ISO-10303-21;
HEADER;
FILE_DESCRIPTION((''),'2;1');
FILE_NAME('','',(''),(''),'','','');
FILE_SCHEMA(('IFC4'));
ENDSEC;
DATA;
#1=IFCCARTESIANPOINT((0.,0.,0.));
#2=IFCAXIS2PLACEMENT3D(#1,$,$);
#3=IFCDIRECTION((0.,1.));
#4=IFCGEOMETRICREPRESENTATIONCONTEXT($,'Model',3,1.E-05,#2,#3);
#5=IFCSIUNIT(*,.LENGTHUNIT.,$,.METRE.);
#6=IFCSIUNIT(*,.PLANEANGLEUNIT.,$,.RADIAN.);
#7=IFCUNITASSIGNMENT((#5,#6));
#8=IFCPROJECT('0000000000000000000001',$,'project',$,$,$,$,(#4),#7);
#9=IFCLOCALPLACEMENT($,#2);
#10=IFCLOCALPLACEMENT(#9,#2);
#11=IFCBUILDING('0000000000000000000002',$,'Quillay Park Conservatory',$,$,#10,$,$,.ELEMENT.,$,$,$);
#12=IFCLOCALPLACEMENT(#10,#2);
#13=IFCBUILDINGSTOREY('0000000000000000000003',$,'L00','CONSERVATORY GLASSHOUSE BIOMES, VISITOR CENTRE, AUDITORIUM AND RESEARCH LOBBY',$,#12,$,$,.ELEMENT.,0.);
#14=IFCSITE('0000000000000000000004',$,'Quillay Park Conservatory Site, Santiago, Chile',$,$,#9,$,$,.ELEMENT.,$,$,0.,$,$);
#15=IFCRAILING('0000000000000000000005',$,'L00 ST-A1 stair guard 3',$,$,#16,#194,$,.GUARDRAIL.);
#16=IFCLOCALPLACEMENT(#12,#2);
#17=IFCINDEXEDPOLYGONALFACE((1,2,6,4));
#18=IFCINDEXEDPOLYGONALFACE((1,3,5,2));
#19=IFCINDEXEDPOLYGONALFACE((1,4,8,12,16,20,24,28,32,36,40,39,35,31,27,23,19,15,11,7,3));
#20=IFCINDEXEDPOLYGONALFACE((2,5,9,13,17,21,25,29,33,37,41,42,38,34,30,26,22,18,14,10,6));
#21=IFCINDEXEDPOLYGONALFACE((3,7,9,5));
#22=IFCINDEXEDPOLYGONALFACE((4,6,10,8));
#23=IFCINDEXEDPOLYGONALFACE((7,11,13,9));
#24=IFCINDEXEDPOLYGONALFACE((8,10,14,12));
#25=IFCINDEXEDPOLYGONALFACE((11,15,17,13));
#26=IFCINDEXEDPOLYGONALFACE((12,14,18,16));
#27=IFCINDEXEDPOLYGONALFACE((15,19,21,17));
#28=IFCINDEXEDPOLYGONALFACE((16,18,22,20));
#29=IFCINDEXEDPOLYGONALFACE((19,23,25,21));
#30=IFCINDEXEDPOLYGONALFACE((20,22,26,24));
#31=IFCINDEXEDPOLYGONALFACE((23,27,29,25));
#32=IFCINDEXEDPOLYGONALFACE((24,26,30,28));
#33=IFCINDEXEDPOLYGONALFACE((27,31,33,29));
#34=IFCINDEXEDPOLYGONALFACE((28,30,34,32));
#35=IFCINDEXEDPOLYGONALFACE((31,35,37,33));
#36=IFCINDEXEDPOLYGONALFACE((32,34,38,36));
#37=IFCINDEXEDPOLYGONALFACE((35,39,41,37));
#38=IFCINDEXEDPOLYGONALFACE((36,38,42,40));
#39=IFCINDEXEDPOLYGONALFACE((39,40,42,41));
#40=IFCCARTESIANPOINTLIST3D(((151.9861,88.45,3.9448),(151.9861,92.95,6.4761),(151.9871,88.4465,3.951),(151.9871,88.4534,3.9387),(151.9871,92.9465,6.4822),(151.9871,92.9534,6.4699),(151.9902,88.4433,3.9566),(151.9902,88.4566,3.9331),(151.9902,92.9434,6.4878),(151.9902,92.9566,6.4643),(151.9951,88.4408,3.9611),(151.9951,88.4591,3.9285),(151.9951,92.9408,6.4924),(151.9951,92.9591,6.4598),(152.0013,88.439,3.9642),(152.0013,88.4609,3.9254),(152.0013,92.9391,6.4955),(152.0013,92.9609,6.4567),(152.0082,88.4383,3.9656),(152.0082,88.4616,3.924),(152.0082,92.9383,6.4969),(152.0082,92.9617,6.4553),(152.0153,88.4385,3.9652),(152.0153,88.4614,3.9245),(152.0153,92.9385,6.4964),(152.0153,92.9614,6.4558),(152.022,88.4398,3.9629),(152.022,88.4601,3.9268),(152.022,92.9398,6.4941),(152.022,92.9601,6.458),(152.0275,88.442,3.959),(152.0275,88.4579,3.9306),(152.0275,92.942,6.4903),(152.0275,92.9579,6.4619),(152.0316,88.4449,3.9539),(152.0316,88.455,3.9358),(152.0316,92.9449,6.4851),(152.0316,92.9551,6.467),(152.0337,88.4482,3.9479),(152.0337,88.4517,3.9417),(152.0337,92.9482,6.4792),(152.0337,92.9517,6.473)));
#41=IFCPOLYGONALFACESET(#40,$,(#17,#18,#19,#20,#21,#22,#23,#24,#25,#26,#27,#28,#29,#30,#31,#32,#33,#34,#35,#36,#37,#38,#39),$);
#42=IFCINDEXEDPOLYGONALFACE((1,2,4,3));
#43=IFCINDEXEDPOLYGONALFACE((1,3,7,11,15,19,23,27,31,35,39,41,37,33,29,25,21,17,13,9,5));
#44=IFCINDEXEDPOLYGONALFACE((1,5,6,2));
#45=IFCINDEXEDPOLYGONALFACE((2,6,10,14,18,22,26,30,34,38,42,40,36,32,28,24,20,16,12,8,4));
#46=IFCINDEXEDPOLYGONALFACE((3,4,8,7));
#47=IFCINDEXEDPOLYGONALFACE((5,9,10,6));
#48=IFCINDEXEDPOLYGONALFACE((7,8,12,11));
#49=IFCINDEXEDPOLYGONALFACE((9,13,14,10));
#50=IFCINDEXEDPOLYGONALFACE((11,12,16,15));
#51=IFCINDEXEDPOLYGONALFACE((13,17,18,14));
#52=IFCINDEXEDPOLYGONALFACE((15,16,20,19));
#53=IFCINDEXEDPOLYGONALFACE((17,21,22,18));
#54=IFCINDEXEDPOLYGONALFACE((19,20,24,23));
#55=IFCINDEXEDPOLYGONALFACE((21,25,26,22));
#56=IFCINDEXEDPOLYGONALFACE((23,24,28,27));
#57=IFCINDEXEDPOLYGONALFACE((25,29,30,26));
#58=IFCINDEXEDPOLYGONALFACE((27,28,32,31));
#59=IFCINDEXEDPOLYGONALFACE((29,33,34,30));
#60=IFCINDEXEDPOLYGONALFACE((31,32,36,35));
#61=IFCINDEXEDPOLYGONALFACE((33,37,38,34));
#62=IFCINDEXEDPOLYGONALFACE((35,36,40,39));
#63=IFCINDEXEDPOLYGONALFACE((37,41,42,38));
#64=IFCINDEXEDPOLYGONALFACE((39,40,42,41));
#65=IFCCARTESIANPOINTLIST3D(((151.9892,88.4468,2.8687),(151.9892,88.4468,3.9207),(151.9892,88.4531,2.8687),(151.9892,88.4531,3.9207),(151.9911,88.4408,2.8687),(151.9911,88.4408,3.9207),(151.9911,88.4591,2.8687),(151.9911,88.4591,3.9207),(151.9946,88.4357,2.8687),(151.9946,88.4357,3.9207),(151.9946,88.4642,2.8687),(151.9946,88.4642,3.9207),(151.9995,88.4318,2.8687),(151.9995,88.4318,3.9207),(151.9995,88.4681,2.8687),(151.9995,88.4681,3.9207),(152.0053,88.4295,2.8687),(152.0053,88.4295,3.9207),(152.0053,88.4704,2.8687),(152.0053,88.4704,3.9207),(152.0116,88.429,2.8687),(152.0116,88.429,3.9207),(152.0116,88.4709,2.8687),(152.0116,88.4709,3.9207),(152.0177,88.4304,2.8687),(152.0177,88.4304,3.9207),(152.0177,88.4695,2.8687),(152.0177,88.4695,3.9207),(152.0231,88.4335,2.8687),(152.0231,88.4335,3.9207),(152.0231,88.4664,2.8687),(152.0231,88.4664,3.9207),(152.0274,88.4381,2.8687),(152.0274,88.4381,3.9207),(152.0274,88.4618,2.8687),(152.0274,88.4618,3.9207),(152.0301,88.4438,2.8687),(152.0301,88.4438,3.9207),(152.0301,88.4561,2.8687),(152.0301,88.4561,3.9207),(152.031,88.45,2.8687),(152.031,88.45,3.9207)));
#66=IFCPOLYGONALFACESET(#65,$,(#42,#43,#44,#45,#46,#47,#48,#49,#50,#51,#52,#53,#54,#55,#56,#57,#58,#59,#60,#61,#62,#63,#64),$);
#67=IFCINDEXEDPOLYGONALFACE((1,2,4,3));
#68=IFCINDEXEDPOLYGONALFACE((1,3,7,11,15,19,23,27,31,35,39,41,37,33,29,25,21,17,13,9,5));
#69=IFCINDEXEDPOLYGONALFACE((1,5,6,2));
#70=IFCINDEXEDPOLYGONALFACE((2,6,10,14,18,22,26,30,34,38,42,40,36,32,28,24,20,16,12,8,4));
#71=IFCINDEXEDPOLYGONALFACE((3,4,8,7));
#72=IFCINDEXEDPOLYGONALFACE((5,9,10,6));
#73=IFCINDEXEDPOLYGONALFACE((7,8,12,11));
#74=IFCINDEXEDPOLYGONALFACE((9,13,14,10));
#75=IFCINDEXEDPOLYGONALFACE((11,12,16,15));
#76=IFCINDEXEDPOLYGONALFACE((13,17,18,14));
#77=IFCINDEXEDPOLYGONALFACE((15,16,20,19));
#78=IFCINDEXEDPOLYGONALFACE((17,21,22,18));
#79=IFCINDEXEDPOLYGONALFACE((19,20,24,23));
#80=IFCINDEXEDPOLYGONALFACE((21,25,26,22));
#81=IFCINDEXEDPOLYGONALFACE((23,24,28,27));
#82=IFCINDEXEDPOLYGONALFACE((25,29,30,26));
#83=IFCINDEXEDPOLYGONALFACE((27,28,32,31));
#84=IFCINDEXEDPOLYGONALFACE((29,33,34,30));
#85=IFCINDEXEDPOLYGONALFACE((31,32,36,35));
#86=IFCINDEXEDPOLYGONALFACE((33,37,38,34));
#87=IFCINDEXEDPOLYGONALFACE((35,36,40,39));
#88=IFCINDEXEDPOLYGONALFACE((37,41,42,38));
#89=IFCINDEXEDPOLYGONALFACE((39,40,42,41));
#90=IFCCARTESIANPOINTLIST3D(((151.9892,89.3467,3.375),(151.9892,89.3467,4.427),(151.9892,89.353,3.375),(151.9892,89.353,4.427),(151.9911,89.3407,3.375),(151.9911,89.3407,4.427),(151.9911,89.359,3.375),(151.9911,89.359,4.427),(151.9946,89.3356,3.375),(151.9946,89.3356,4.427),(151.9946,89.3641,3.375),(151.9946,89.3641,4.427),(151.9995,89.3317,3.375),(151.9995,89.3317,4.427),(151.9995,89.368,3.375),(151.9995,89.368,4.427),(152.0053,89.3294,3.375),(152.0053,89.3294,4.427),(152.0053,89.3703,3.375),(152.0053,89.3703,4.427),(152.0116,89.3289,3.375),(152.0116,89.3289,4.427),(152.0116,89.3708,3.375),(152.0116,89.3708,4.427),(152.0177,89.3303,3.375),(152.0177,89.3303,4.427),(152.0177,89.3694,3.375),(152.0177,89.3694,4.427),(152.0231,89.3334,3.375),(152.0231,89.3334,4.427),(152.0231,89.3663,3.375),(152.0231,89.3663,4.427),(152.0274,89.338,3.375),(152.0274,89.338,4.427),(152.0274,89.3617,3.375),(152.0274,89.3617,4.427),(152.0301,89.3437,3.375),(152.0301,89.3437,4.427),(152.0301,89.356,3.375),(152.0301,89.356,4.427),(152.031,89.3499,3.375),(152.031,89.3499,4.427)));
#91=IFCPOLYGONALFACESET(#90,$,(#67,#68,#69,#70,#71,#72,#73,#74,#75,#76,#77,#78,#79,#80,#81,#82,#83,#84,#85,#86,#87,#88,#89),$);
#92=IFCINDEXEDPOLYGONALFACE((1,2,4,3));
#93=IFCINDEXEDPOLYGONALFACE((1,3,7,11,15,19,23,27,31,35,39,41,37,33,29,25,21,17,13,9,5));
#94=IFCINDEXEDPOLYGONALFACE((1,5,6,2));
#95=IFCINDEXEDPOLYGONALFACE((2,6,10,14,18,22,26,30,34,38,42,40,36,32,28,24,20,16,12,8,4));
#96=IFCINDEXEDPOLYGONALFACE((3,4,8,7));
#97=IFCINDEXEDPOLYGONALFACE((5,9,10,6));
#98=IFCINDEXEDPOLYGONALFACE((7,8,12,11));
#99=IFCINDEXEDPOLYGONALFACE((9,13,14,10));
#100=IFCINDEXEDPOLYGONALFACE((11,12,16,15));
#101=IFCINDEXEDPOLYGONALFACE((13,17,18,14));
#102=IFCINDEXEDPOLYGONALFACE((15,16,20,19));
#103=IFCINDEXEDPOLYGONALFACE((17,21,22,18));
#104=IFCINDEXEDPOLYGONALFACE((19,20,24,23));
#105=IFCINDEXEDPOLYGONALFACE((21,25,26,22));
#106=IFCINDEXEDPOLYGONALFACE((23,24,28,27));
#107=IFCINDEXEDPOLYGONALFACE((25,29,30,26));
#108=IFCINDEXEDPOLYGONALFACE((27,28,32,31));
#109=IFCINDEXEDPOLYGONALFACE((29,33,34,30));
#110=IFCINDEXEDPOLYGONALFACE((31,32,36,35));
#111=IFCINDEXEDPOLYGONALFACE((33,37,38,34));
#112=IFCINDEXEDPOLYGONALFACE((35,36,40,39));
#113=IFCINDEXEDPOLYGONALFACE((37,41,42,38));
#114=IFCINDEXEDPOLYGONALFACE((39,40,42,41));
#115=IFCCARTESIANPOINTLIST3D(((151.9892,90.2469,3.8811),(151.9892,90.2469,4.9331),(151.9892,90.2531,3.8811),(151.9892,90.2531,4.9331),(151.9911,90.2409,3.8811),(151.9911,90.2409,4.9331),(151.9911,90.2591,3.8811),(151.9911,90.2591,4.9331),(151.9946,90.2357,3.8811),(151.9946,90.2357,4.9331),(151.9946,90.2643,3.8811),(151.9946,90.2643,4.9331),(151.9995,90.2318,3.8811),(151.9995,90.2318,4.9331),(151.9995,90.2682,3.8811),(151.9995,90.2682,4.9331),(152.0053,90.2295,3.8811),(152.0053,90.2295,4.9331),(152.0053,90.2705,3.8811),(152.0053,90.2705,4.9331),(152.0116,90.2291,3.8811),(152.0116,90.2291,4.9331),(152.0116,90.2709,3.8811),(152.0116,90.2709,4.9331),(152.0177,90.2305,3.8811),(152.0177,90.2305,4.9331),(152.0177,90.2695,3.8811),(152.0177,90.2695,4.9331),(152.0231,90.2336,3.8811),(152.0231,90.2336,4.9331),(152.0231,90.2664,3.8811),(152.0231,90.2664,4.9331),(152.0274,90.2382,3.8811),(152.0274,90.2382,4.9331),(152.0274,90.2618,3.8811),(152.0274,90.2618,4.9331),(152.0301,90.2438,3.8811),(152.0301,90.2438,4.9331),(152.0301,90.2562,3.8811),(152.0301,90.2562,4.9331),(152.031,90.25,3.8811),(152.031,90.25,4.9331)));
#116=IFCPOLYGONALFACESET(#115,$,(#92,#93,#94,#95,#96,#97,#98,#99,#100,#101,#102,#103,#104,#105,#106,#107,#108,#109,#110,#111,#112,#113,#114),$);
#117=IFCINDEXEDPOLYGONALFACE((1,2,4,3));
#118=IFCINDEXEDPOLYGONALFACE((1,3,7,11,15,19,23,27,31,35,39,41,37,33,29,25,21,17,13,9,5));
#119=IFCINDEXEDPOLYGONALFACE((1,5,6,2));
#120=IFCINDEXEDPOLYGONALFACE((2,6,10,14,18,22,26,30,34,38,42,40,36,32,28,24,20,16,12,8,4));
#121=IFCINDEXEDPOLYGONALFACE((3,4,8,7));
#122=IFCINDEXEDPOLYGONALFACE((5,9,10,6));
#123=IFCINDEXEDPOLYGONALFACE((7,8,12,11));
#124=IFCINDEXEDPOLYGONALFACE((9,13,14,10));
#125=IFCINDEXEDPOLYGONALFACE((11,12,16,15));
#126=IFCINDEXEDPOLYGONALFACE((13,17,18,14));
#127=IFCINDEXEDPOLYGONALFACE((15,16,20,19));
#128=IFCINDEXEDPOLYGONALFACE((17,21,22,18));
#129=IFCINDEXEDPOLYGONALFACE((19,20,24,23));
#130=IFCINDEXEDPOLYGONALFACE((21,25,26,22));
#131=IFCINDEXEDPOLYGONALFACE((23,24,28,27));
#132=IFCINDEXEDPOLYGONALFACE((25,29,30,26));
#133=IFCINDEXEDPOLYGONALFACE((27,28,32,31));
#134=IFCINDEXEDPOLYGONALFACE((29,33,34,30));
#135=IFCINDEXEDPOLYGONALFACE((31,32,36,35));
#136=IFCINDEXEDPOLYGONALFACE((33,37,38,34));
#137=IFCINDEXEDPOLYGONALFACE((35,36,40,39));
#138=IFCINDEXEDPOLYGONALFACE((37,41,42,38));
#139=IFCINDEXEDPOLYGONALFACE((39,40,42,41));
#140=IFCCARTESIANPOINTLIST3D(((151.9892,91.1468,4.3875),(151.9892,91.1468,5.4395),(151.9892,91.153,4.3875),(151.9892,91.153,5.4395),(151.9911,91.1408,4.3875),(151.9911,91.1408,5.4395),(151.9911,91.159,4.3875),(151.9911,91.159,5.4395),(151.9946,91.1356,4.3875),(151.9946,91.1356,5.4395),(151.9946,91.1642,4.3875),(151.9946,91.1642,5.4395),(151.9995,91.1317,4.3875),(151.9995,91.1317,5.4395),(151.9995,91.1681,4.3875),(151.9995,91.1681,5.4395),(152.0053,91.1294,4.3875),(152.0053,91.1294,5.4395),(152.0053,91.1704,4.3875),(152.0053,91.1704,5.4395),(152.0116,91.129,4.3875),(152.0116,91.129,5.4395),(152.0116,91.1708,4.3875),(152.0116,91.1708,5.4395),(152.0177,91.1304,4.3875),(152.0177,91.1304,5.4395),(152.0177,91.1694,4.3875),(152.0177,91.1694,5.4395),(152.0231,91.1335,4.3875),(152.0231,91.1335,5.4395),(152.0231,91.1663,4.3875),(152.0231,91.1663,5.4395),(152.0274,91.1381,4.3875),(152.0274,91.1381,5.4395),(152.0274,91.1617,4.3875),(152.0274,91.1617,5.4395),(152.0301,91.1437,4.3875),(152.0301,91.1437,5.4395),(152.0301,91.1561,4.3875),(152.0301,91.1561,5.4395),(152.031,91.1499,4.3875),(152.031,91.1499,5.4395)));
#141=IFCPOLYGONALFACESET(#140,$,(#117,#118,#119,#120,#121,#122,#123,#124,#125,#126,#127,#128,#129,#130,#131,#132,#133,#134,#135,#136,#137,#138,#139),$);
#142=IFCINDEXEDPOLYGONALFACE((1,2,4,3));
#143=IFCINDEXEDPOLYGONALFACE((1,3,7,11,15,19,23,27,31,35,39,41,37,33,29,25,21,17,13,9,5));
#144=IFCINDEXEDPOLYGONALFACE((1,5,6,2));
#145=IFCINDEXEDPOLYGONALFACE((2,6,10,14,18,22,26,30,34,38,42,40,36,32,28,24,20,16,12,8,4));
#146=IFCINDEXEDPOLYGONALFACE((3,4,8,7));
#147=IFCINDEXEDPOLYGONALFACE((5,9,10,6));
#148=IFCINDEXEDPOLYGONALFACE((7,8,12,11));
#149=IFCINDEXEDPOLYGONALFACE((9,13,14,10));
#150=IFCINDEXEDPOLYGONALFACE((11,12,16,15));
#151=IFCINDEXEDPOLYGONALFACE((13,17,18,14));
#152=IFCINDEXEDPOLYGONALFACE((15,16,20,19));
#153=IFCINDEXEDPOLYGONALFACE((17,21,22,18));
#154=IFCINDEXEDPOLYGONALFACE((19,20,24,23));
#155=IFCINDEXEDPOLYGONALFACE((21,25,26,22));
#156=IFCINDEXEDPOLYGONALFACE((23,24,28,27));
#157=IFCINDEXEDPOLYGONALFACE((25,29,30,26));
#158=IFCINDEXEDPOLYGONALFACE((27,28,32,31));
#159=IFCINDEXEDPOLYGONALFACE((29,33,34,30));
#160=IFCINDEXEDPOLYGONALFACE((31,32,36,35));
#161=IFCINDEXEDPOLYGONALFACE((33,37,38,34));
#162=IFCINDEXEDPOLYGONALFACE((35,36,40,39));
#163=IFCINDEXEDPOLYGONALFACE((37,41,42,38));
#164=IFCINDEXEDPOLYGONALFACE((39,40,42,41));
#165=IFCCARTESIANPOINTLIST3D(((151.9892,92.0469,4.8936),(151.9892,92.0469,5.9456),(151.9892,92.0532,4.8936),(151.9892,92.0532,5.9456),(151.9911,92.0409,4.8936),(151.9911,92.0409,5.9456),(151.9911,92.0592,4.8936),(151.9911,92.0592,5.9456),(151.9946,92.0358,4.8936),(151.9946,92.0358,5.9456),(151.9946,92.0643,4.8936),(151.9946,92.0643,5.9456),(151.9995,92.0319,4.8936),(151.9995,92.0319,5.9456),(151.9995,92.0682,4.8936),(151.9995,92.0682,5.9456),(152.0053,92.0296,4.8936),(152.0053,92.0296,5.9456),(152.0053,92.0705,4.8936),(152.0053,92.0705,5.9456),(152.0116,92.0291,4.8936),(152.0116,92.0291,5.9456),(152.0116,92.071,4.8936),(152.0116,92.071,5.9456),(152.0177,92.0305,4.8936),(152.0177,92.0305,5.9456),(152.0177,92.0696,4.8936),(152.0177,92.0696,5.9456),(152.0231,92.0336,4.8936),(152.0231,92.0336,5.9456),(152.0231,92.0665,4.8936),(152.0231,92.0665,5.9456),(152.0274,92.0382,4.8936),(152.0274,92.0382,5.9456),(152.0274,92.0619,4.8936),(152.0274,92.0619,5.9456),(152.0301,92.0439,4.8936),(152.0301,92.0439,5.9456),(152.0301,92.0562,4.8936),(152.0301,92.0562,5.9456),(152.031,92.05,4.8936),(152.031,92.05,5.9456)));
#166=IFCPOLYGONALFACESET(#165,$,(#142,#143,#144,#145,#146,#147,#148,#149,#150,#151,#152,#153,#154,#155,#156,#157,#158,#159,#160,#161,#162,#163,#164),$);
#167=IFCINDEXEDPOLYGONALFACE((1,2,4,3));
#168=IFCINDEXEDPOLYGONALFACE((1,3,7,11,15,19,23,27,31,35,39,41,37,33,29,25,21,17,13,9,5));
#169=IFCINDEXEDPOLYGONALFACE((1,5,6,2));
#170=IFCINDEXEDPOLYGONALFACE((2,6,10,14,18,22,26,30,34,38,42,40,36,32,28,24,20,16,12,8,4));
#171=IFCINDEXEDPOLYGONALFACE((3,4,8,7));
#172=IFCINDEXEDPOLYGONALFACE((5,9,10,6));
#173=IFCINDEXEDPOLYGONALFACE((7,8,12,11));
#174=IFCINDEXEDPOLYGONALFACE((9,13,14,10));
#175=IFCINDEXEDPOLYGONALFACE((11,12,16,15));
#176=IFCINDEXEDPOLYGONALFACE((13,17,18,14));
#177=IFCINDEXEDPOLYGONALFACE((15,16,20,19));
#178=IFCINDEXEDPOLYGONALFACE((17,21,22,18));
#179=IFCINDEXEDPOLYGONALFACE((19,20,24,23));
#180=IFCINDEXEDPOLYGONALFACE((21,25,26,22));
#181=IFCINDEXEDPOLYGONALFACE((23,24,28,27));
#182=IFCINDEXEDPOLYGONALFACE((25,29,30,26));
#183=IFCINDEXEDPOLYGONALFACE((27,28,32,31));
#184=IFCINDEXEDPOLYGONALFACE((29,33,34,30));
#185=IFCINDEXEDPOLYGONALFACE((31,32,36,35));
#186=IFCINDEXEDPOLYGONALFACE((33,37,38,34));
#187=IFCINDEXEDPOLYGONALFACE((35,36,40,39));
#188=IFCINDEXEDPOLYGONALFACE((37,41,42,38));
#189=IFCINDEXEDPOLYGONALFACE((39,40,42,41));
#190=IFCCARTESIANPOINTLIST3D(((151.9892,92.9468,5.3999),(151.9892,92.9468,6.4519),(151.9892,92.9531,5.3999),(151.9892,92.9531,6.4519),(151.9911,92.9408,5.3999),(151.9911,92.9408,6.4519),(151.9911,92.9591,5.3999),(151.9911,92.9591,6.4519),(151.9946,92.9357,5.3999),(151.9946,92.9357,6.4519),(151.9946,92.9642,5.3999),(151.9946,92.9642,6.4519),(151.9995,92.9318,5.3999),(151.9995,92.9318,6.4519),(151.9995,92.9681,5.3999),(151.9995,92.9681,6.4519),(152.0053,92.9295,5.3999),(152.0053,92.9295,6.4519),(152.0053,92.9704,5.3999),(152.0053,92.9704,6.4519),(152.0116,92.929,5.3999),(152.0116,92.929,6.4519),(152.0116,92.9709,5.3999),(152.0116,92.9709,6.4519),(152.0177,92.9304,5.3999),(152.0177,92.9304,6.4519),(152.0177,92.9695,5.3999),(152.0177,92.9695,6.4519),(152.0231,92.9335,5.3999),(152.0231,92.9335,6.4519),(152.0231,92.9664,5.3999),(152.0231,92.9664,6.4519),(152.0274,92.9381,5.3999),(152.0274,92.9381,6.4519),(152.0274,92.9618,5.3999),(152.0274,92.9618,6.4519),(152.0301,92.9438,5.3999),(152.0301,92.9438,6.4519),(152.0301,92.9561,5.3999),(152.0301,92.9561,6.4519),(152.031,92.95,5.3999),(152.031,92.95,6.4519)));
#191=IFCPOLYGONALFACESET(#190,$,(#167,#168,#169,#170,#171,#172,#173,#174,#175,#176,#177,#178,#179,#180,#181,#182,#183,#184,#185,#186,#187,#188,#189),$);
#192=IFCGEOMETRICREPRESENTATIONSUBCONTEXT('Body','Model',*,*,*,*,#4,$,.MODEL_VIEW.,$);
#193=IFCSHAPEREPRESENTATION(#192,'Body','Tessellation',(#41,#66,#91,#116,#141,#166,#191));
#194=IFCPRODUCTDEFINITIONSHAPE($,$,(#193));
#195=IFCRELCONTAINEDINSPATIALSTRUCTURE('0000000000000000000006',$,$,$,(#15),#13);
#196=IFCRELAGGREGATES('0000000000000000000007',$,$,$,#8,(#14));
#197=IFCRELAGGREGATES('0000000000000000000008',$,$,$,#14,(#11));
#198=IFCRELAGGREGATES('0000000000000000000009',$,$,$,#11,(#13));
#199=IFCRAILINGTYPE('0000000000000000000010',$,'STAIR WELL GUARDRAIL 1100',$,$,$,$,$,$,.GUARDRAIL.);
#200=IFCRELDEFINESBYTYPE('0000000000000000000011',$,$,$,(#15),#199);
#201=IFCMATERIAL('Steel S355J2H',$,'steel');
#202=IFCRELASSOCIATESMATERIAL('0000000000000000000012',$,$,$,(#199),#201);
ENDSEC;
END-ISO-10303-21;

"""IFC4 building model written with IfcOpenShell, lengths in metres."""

from ifc_helpers import new_model, si_unit, direction, frame, origin, origin_2d, place, context, subcontext, project, spatial, circle, extrude, material, type_object, element, save


model = new_model("IFC4")

# Units and contexts
model_context = context("Model", 3, precision=1e-05, world=origin(), true_north=direction((0.0, 1.0)))
body_context = subcontext(model_context, "Body", "Model", "MODEL_VIEW")
ifc_project = project(units=[si_unit("LENGTHUNIT", "METRE"), si_unit("PLANEANGLEUNIT", "RADIAN")], contexts=[model_context])

# Site, building, storey
site_placement = place(None, origin())
site = spatial("IfcSite", under=ifc_project, at=site_placement, Name="Quillay Park Conservatory Site, Santiago, Chile", CompositionType="ELEMENT", RefElevation=0.0)
building_placement = place(site_placement, origin())
building = spatial("IfcBuilding", under=site, at=building_placement, Name="Quillay Park Conservatory", CompositionType="ELEMENT")
storey_placement = place(building_placement, origin())
storey = spatial("IfcBuildingStorey", under=building, at=storey_placement, Name="L00", Description="CONSERVATORY GLASSHOUSE BIOMES, VISITOR CENTRE, AUDITORIUM AND RESEARCH LOBBY", CompositionType="ELEMENT", Elevation=0.0)

# Railing
ifc_material_1 = material(Name="Steel S355J2H", Category="steel")
railing_type_1 = type_object("IfcRailingType", Name="STAIR WELL GUARDRAIL 1100", PredefinedType="GUARDRAIL", material=ifc_material_1)
railing_1_placement = place(storey_placement, frame((152.01, 88.45, 2.8687)))
element("IfcRailing", 1, at=railing_1_placement, inside=storey, type_object=railing_type_1, Name="L00 ST-A1 stair guard 3", PredefinedType="GUARDRAIL", context=body_context, shape_type="SweptSolid", body=[
    extrude(circle(Radius=0.0239, at=origin_2d()), frame((0.0, 0.0, 1.0762), z_axis=(0.0, 0.871576, 0.490261), x_axis=(-1.0, 0.0, 0.0)), (0.0, 0.0, 1.0), 5.1631),
    extrude(circle(Radius=0.021, at=origin_2d()), origin(), (0.0, 0.0, 1.0), 1.052),
    extrude(circle(Radius=0.021, at=origin_2d()), frame((0.0, 0.8999, 0.5063)), (0.0, 0.0, 1.0), 1.052),
    extrude(circle(Radius=0.021, at=origin_2d()), frame((0.0, 1.8, 1.0125)), (0.0, 0.0, 1.0), 1.052),
    extrude(circle(Radius=0.021, at=origin_2d()), frame((0.0, 2.7, 1.5188)), (0.0, 0.0, 1.0), 1.052),
    extrude(circle(Radius=0.021, at=origin_2d()), frame((0.0, 3.6001, 2.0249)), (0.0, 0.0, 1.0), 1.052),
    extrude(circle(Radius=0.021, at=origin_2d()), frame((0.0, 4.5, 2.5312)), (0.0, 0.0, 1.0), 1.052),
])

save(model, "model.ifc")
